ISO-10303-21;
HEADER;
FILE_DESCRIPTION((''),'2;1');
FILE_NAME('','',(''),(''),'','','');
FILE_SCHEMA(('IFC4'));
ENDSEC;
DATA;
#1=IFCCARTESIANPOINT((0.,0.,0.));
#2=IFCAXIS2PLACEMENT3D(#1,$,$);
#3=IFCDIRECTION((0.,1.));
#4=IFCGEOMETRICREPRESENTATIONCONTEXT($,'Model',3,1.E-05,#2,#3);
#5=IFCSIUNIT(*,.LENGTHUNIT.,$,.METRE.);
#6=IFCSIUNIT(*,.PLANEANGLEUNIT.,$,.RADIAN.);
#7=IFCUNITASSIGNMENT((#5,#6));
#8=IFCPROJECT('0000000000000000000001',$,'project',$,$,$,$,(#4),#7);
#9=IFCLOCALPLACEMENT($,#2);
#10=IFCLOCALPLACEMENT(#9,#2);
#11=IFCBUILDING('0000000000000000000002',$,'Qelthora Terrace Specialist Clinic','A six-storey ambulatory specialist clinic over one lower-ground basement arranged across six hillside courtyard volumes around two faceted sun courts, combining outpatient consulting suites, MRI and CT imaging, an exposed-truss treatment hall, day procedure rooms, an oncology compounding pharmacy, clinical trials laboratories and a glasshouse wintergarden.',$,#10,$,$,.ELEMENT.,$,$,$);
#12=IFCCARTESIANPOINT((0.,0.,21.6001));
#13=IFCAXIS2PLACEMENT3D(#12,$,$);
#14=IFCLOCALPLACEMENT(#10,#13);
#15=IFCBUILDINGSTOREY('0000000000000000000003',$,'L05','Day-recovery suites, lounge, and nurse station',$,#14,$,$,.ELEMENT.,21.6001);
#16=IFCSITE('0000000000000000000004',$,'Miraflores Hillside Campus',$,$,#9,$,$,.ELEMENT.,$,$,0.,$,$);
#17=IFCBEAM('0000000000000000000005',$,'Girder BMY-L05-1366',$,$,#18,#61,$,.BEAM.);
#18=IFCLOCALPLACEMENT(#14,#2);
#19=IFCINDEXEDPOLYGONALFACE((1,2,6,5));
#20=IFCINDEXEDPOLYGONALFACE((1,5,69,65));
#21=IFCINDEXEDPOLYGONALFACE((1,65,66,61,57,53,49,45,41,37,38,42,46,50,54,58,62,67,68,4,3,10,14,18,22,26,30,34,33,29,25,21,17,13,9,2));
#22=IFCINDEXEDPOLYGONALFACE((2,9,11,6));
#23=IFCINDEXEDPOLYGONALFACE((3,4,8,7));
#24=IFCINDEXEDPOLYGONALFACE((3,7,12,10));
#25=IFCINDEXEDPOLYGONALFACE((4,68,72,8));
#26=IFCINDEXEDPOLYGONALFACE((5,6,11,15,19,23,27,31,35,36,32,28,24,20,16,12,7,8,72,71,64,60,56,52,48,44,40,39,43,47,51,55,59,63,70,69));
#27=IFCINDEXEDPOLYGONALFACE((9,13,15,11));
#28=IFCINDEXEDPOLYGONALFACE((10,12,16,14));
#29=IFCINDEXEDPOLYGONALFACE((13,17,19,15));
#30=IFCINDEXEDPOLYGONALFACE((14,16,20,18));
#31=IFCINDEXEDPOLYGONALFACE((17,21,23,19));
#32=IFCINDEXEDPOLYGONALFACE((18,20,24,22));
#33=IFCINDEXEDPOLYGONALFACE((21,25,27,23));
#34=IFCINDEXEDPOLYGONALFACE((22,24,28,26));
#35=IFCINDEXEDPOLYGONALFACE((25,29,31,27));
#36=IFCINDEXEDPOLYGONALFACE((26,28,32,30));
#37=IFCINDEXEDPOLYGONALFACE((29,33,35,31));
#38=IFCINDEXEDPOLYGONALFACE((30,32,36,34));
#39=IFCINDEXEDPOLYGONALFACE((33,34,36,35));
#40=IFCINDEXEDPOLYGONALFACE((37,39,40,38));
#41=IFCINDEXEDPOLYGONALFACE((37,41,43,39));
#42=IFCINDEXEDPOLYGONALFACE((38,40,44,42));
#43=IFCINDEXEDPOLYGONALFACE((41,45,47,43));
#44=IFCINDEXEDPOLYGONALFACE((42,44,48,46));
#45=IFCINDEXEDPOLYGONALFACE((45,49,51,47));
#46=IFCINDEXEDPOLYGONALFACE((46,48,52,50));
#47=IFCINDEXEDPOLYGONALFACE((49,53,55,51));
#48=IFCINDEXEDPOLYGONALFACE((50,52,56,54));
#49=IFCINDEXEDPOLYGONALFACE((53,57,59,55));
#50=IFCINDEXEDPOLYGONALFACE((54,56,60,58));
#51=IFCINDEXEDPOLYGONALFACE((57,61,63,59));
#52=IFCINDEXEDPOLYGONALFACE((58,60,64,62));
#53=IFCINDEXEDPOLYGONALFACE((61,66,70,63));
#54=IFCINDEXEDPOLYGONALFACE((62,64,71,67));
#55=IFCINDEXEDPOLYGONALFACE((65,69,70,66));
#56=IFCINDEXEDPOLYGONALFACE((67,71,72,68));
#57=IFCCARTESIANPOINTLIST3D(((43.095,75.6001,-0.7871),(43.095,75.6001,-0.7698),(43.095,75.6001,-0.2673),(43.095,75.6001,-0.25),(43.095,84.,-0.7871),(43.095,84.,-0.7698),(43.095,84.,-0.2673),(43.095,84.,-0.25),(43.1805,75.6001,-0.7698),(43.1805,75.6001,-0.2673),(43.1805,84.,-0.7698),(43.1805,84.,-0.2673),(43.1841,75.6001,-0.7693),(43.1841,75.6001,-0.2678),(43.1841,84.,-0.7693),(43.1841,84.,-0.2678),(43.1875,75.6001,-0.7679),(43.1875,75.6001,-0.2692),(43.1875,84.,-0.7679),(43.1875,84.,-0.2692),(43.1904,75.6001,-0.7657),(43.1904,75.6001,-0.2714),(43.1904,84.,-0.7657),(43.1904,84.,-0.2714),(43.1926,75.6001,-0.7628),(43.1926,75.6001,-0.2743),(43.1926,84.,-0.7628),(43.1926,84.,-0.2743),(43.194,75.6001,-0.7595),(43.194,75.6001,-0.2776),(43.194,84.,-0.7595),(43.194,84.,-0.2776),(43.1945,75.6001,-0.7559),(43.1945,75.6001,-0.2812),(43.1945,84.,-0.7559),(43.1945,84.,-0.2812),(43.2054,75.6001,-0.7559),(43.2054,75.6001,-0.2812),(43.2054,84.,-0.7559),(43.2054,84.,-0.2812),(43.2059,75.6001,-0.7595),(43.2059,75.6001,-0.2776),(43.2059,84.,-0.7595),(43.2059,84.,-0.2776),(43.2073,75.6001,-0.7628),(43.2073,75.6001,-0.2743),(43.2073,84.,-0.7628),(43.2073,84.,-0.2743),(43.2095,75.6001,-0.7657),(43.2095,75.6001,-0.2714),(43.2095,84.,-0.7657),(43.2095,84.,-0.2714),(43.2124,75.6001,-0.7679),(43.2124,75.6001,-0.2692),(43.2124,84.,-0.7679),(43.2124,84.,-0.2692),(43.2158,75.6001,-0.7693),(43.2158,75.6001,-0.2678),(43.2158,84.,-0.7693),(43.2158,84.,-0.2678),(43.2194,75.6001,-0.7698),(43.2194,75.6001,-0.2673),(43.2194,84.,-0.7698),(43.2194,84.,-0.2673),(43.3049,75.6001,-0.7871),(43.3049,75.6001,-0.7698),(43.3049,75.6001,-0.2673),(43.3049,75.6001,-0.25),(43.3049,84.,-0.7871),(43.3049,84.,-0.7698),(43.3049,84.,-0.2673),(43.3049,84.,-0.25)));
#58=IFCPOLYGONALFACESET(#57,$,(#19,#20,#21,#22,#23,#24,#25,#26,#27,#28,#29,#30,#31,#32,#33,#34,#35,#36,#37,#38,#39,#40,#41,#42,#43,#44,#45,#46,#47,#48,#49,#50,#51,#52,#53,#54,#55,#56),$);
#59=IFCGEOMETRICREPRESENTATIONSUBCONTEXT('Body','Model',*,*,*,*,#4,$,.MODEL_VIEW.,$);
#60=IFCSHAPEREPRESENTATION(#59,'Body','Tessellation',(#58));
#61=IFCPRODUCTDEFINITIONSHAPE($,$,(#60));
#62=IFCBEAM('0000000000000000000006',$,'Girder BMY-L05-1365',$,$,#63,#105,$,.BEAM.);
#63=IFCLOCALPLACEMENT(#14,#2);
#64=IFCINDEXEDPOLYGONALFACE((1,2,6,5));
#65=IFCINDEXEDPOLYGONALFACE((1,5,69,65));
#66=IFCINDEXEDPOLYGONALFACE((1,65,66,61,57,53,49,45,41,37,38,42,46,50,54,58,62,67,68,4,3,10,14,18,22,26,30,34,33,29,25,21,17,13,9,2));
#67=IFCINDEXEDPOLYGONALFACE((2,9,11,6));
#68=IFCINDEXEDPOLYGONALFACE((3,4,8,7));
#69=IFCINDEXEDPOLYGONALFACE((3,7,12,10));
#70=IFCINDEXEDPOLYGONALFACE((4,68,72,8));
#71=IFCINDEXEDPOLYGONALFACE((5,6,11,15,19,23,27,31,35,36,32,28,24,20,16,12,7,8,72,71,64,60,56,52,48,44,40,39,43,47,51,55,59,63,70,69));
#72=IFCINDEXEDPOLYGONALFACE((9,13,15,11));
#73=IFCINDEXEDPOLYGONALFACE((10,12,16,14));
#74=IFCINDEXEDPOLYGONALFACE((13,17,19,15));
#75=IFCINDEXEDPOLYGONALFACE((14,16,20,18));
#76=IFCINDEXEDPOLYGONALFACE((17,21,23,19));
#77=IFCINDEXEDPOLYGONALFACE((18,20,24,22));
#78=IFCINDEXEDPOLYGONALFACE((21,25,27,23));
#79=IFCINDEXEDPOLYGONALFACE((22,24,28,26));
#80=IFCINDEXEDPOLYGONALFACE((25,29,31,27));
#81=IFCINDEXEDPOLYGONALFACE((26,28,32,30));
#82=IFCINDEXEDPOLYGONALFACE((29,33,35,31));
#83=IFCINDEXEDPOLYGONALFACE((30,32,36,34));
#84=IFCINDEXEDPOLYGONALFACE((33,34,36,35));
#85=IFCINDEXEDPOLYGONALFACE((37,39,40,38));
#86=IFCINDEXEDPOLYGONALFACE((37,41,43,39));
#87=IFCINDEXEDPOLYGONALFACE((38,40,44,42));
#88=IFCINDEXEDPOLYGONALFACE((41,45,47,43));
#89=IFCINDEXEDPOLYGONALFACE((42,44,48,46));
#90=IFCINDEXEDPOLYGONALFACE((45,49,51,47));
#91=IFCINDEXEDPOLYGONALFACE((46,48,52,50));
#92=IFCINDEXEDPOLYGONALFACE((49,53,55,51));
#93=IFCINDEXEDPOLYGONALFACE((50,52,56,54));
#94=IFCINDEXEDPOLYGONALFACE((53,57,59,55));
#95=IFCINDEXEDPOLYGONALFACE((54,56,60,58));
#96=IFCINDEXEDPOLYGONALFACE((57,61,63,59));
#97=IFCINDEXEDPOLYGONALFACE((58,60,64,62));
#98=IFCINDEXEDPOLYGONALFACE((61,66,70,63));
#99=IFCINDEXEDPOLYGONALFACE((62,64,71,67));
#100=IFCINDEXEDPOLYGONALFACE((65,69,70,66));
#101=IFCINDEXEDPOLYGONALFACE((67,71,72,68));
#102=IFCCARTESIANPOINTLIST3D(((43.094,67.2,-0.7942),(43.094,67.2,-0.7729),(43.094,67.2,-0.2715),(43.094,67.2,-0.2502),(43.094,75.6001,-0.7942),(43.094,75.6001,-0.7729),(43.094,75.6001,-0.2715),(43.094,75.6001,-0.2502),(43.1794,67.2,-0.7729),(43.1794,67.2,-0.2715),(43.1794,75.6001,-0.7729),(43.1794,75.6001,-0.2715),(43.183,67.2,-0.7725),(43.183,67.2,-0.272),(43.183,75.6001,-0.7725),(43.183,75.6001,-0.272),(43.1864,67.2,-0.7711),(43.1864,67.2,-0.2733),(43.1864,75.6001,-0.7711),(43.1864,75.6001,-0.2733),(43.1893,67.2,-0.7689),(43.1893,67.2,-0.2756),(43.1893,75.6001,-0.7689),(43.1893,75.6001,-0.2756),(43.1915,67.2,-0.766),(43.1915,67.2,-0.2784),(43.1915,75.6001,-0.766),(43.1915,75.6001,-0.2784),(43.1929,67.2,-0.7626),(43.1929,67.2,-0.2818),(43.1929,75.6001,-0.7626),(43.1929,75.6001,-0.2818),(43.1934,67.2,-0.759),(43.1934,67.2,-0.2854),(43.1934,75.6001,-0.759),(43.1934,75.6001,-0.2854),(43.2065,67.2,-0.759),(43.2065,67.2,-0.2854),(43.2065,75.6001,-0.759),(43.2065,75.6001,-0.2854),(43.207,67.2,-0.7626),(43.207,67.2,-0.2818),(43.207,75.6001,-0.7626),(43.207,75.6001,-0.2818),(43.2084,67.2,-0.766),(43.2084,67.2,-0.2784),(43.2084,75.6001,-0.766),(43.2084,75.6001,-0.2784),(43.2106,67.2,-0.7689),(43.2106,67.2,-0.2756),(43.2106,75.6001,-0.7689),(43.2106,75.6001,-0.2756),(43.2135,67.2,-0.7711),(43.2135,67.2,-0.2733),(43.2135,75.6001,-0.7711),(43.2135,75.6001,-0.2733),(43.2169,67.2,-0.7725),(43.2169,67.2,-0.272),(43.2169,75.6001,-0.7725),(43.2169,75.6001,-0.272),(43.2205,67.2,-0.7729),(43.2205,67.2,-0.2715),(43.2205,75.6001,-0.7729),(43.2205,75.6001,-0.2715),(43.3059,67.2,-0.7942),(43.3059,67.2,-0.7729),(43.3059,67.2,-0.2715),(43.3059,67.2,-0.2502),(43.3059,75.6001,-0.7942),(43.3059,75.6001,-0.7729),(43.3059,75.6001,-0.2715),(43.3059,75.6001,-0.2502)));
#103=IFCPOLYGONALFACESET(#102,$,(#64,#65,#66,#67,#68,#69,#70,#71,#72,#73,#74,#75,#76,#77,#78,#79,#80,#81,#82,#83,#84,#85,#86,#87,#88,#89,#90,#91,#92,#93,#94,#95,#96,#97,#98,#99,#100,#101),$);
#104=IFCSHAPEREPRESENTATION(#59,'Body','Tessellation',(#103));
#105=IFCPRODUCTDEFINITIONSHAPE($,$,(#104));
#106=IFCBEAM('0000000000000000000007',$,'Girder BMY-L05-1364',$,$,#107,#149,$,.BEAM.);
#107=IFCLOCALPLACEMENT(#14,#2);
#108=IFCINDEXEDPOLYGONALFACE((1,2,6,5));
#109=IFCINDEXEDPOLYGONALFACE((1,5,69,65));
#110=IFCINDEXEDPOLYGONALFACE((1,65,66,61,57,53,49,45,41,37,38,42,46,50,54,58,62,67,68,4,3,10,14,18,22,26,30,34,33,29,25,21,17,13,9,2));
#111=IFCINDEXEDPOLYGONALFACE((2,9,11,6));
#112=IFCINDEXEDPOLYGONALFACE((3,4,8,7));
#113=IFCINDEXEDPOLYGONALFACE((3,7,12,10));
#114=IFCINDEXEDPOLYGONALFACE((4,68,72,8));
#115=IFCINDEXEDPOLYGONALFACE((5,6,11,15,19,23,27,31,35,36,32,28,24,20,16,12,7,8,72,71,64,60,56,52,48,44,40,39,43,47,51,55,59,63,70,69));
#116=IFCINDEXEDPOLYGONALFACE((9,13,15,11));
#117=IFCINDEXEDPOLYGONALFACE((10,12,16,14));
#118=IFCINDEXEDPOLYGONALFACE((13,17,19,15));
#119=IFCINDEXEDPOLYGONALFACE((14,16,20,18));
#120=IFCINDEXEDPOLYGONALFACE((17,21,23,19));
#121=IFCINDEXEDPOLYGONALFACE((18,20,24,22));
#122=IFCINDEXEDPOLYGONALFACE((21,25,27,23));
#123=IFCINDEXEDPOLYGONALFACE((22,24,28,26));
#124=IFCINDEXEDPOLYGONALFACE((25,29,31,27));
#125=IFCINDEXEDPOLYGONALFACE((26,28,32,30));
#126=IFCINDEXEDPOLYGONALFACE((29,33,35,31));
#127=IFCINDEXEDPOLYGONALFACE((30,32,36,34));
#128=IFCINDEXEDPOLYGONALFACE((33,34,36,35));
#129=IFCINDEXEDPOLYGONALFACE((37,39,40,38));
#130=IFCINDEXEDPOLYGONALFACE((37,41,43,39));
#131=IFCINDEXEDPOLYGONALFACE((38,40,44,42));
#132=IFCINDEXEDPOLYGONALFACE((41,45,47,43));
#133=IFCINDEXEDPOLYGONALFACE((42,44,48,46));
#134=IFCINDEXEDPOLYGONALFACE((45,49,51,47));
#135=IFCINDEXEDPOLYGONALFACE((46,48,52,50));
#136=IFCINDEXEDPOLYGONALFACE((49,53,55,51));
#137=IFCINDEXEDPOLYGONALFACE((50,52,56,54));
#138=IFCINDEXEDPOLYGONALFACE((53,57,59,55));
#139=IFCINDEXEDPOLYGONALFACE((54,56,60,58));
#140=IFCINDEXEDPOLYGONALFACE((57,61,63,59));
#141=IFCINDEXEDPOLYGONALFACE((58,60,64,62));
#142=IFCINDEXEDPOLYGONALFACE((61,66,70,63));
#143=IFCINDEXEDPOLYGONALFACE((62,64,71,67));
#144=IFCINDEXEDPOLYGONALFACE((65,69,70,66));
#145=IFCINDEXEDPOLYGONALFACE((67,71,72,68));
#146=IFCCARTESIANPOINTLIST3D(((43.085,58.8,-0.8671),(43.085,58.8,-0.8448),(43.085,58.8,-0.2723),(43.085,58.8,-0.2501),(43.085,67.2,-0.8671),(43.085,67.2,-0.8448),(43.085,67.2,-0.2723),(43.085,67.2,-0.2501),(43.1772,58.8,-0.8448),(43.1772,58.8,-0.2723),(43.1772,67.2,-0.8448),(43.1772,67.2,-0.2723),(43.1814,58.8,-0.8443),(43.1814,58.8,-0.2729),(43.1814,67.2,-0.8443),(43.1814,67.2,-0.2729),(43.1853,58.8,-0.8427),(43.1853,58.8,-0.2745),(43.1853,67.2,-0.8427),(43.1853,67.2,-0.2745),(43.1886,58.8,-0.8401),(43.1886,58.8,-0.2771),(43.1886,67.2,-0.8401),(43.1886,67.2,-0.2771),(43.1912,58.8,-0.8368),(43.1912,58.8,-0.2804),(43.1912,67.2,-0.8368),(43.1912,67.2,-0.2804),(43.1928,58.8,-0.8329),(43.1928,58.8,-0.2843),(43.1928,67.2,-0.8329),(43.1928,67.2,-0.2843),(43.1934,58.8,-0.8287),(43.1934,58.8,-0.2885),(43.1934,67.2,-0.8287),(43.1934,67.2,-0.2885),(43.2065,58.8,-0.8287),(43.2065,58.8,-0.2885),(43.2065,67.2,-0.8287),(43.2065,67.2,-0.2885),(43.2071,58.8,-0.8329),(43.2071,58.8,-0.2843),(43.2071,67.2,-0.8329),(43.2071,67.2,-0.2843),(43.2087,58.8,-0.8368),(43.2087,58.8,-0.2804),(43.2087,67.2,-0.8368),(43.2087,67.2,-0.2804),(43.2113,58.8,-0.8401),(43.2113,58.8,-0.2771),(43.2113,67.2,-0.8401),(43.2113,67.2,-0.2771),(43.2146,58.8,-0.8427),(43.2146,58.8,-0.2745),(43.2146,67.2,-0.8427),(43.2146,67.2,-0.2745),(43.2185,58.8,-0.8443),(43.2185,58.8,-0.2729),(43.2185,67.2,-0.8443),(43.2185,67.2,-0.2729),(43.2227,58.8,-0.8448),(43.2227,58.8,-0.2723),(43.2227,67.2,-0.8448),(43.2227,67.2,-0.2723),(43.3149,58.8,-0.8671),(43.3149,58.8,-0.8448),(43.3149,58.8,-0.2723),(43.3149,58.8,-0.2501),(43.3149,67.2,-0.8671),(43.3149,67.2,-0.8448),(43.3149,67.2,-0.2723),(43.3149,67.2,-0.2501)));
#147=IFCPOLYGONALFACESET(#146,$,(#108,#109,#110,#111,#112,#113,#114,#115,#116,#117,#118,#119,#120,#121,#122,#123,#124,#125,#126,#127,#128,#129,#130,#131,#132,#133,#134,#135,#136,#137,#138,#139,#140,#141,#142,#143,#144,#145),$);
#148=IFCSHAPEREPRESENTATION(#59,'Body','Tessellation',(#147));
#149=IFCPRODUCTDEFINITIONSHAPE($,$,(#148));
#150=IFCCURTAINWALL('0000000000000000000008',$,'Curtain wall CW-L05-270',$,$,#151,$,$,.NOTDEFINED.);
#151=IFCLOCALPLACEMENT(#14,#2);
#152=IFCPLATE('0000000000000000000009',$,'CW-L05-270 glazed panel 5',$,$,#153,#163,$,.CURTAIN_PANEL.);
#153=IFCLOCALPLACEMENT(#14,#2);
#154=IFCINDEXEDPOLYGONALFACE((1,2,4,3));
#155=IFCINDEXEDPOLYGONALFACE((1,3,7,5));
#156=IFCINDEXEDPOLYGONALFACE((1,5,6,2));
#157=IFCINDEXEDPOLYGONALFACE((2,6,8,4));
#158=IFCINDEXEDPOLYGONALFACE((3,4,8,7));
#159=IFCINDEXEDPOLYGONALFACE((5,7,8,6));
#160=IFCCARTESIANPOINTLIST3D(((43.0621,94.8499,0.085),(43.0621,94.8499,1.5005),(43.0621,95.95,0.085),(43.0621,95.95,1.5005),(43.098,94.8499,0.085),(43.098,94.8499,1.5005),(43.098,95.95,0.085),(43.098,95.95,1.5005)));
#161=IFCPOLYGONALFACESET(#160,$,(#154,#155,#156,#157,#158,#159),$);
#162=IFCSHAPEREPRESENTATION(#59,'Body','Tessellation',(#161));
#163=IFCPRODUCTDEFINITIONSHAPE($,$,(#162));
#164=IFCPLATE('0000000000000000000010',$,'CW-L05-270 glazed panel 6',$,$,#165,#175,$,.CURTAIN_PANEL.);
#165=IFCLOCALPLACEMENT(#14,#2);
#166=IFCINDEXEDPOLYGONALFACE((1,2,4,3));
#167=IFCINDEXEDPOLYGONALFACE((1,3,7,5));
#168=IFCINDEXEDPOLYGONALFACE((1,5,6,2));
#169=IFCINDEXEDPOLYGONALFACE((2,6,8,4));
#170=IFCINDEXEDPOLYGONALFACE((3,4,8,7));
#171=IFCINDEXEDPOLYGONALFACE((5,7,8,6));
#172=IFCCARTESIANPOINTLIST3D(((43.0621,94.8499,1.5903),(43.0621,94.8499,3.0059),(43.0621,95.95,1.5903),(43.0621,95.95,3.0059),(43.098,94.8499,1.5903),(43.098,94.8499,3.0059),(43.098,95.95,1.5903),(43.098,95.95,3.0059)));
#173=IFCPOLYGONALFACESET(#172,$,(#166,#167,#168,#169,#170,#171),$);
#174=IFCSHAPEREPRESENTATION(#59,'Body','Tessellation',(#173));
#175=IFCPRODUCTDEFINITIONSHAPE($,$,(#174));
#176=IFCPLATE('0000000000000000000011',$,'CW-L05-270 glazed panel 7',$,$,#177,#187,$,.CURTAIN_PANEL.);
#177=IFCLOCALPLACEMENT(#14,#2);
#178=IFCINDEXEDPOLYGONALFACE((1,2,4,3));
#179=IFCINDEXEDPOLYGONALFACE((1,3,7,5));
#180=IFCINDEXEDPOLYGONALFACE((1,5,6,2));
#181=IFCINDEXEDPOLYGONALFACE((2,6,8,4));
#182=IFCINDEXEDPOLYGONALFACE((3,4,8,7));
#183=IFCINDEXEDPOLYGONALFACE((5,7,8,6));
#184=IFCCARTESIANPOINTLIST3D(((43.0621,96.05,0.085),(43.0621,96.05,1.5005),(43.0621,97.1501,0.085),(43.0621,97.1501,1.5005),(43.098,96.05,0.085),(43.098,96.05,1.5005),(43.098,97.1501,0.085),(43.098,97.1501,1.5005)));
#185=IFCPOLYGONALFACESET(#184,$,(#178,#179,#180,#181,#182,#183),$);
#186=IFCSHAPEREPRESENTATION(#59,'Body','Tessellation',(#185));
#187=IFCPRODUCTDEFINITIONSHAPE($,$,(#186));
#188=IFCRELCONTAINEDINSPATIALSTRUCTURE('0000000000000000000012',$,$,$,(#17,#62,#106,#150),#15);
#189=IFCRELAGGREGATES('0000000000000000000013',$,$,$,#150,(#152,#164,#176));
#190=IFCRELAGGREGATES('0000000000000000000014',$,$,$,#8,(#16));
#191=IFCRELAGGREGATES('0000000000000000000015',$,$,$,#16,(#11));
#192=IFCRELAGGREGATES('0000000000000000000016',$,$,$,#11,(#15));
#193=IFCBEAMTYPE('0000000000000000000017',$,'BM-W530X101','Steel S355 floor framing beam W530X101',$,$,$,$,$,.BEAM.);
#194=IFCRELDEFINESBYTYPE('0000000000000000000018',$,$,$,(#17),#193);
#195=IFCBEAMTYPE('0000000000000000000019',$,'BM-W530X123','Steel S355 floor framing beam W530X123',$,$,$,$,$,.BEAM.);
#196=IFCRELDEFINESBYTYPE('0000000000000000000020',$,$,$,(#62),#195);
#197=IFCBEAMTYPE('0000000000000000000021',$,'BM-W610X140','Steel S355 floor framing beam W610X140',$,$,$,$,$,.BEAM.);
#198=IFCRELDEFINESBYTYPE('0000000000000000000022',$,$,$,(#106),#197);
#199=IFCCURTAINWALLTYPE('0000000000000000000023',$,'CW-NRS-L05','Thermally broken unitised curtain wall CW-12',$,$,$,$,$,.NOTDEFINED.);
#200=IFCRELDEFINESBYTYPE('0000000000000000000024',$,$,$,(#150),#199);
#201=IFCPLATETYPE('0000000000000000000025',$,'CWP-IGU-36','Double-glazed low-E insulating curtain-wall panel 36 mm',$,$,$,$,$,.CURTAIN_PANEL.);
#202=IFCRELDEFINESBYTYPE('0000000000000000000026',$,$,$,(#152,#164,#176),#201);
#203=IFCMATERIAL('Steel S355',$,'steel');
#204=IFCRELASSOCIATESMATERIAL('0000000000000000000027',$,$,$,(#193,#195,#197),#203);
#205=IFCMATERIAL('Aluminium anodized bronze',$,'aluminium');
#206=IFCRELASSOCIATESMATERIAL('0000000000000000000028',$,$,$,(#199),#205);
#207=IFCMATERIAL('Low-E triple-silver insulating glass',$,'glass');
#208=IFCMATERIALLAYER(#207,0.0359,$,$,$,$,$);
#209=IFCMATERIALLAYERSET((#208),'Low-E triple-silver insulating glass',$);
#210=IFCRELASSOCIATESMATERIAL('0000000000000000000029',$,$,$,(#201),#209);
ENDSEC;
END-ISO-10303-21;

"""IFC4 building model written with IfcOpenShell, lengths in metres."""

from ifc_helpers import new_model, si_unit, direction, frame, origin, origin_2d, place, context, subcontext, project, spatial, rectangle, i_section, extrude, material, layer, layer_set, material_profile, profile_set, type_object, element, aggregate, save


model = new_model("IFC4")

# Units and contexts
model_context = context("Model", 3, precision=1e-05, world=origin(), true_north=direction((0.0, 1.0)))
body_context = subcontext(model_context, "Body", "Model", "MODEL_VIEW")
ifc_project = project(units=[si_unit("LENGTHUNIT", "METRE"), si_unit("PLANEANGLEUNIT", "RADIAN")], contexts=[model_context])

# Site, building, storey
site_placement = place(None, origin())
site = spatial("IfcSite", under=ifc_project, at=site_placement, Name="Miraflores Hillside Campus", CompositionType="ELEMENT", RefElevation=0.0)
building_placement = place(site_placement, origin())
building = spatial("IfcBuilding", under=site, at=building_placement, Name="Qelthora Terrace Specialist Clinic", Description="A six-storey ambulatory specialist clinic over one lower-ground basement arranged across six hillside courtyard volumes around two faceted sun courts, combining outpatient consulting suites, MRI and CT imaging, an exposed-truss treatment hall, day procedure rooms, an oncology compounding pharmacy, clinical trials laboratories and a glasshouse wintergarden.", CompositionType="ELEMENT")
storey_placement = place(building_placement, frame((0.0, 0.0, 21.6001)))
storey = spatial("IfcBuildingStorey", under=building, at=storey_placement, Name="L05", Description="Day-recovery suites, lounge, and nurse station", CompositionType="ELEMENT", Elevation=21.6001)

# Shared definitions
ifc_material_1 = material(Name="Steel S355", Category="steel")

# Beams
ifc_material_profile_1 = material_profile(ifc_material_1, i_section(OverallWidth=0.21, OverallDepth=0.5371, WebThickness=0.011, FlangeThickness=0.0173, FilletRadius=0.0139, at=origin_2d()), Name="W530X101")
ifc_profile_set_1 = profile_set([ifc_material_profile_1], Name="Steel S355")
beam_type_1 = type_object("IfcBeamType", Name="BM-W530X101", Description="Steel S355 floor framing beam W530X101", PredefinedType="BEAM", material=ifc_profile_set_1)
beam_1_placement = place(storey_placement, frame((43.2, 75.6001, -0.5186), z_axis=(0.0, 1.0, 0.0), x_axis=(-1.0, 0.0, 0.0)))
element("IfcBeam", 1, at=beam_1_placement, inside=storey, type_object=beam_type_1, Name="Girder BMY-L05-1366", PredefinedType="BEAM", context=body_context, shape_type="SweptSolid", body=[
    extrude(i_section(OverallWidth=0.21, OverallDepth=0.5371, WebThickness=0.011, FlangeThickness=0.0173, FilletRadius=0.0139, at=origin_2d()), origin(), (0.0, 0.0, 1.0), 8.3999),
])
ifc_material_profile_2 = material_profile(ifc_material_1, i_section(OverallWidth=0.2119, OverallDepth=0.5439, WebThickness=0.0132, FlangeThickness=0.0212, FilletRadius=0.0139, at=origin_2d()), Name="W530X123")
ifc_profile_set_2 = profile_set([ifc_material_profile_2], Name="Steel S355")
beam_type_2 = type_object("IfcBeamType", Name="BM-W530X123", Description="Steel S355 floor framing beam W530X123", PredefinedType="BEAM", material=ifc_profile_set_2)
beam_2_placement = place(storey_placement, frame((43.2, 67.2, -0.5222), z_axis=(0.0, 1.0, 0.0), x_axis=(-1.0, 0.0, 0.0)))
element("IfcBeam", 2, at=beam_2_placement, inside=storey, type_object=beam_type_2, Name="Girder BMY-L05-1365", PredefinedType="BEAM", context=body_context, shape_type="SweptSolid", body=[
    extrude(i_section(OverallWidth=0.2119, OverallDepth=0.5439, WebThickness=0.0132, FlangeThickness=0.0212, FilletRadius=0.0139, at=origin_2d()), origin(), (0.0, 0.0, 1.0), 8.4001),
])
ifc_material_profile_3 = material_profile(ifc_material_1, i_section(OverallWidth=0.23, OverallDepth=0.6169, WebThickness=0.0132, FlangeThickness=0.0222, FilletRadius=0.0161, at=origin_2d()), Name="W610X140")
ifc_profile_set_3 = profile_set([ifc_material_profile_3], Name="Steel S355")
beam_type_3 = type_object("IfcBeamType", Name="BM-W610X140", Description="Steel S355 floor framing beam W610X140", PredefinedType="BEAM", material=ifc_profile_set_3)
beam_3_placement = place(storey_placement, frame((43.2, 58.8, -0.5586), z_axis=(0.0, 1.0, 0.0), x_axis=(-1.0, 0.0, 0.0)))
element("IfcBeam", 3, at=beam_3_placement, inside=storey, type_object=beam_type_3, Name="Girder BMY-L05-1364", PredefinedType="BEAM", context=body_context, shape_type="SweptSolid", body=[
    extrude(i_section(OverallWidth=0.23, OverallDepth=0.6169, WebThickness=0.0132, FlangeThickness=0.0222, FilletRadius=0.0161, at=origin_2d()), origin(), (0.0, 0.0, 1.0), 8.3999),
])

# Curtain wall, plates
ifc_material_2 = material(Name="Aluminium anodized bronze", Category="aluminium")
curtain_wall_type = type_object("IfcCurtainWallType", Name="CW-NRS-L05", Description="Thermally broken unitised curtain wall CW-12", PredefinedType="NOTDEFINED", material=ifc_material_2)
curtain_wall_placement = place(storey_placement, origin())
curtain_wall = element("IfcCurtainWall", 4, at=curtain_wall_placement, inside=storey, type_object=curtain_wall_type, Name="Curtain wall CW-L05-270", PredefinedType="NOTDEFINED")
ifc_material_3 = material(Name="Low-E triple-silver insulating glass", Category="glass")
ifc_layer = layer(ifc_material_3, 0.0359)
ifc_layer_set = layer_set([ifc_layer], Name="Low-E triple-silver insulating glass")
plate_type = type_object("IfcPlateType", Name="CWP-IGU-36", Description="Double-glazed low-E insulating curtain-wall panel 36 mm", PredefinedType="CURTAIN_PANEL", material=ifc_layer_set)
plate_1_placement = place(storey_placement, frame((43.0801, 95.3999, 0.085), z_axis=(0.0, 0.0, 1.0), x_axis=(0.0, 1.0, 0.0)))
plate_1 = element("IfcPlate", 5, at=plate_1_placement, type_object=plate_type, Name="CW-L05-270 glazed panel 5", PredefinedType="CURTAIN_PANEL", context=body_context, shape_type="SweptSolid", body=[
    extrude(rectangle(XDim=1.1001, YDim=0.0359, at=origin_2d()), origin(), (0.0, 0.0, 1.0), 1.4155),
])
plate_2_placement = place(storey_placement, frame((43.0801, 95.3999, 1.5903), z_axis=(0.0, 0.0, 1.0), x_axis=(0.0, 1.0, 0.0)))
plate_2 = element("IfcPlate", 6, at=plate_2_placement, type_object=plate_type, Name="CW-L05-270 glazed panel 6", PredefinedType="CURTAIN_PANEL", context=body_context, shape_type="SweptSolid", body=[
    extrude(rectangle(XDim=1.1001, YDim=0.0359, at=origin_2d()), origin(), (0.0, 0.0, 1.0), 1.4155),
])
plate_3_placement = place(storey_placement, frame((43.0801, 96.6001, 0.085), z_axis=(0.0, 0.0, 1.0), x_axis=(0.0, 1.0, 0.0)))
plate_3 = element("IfcPlate", 7, at=plate_3_placement, type_object=plate_type, Name="CW-L05-270 glazed panel 7", PredefinedType="CURTAIN_PANEL", context=body_context, shape_type="SweptSolid", body=[
    extrude(rectangle(XDim=1.1001, YDim=0.0359, at=origin_2d()), origin(), (0.0, 0.0, 1.0), 1.4155),
])
aggregate(curtain_wall, [plate_1, plate_2, plate_3])

save(model, "model.ifc")
